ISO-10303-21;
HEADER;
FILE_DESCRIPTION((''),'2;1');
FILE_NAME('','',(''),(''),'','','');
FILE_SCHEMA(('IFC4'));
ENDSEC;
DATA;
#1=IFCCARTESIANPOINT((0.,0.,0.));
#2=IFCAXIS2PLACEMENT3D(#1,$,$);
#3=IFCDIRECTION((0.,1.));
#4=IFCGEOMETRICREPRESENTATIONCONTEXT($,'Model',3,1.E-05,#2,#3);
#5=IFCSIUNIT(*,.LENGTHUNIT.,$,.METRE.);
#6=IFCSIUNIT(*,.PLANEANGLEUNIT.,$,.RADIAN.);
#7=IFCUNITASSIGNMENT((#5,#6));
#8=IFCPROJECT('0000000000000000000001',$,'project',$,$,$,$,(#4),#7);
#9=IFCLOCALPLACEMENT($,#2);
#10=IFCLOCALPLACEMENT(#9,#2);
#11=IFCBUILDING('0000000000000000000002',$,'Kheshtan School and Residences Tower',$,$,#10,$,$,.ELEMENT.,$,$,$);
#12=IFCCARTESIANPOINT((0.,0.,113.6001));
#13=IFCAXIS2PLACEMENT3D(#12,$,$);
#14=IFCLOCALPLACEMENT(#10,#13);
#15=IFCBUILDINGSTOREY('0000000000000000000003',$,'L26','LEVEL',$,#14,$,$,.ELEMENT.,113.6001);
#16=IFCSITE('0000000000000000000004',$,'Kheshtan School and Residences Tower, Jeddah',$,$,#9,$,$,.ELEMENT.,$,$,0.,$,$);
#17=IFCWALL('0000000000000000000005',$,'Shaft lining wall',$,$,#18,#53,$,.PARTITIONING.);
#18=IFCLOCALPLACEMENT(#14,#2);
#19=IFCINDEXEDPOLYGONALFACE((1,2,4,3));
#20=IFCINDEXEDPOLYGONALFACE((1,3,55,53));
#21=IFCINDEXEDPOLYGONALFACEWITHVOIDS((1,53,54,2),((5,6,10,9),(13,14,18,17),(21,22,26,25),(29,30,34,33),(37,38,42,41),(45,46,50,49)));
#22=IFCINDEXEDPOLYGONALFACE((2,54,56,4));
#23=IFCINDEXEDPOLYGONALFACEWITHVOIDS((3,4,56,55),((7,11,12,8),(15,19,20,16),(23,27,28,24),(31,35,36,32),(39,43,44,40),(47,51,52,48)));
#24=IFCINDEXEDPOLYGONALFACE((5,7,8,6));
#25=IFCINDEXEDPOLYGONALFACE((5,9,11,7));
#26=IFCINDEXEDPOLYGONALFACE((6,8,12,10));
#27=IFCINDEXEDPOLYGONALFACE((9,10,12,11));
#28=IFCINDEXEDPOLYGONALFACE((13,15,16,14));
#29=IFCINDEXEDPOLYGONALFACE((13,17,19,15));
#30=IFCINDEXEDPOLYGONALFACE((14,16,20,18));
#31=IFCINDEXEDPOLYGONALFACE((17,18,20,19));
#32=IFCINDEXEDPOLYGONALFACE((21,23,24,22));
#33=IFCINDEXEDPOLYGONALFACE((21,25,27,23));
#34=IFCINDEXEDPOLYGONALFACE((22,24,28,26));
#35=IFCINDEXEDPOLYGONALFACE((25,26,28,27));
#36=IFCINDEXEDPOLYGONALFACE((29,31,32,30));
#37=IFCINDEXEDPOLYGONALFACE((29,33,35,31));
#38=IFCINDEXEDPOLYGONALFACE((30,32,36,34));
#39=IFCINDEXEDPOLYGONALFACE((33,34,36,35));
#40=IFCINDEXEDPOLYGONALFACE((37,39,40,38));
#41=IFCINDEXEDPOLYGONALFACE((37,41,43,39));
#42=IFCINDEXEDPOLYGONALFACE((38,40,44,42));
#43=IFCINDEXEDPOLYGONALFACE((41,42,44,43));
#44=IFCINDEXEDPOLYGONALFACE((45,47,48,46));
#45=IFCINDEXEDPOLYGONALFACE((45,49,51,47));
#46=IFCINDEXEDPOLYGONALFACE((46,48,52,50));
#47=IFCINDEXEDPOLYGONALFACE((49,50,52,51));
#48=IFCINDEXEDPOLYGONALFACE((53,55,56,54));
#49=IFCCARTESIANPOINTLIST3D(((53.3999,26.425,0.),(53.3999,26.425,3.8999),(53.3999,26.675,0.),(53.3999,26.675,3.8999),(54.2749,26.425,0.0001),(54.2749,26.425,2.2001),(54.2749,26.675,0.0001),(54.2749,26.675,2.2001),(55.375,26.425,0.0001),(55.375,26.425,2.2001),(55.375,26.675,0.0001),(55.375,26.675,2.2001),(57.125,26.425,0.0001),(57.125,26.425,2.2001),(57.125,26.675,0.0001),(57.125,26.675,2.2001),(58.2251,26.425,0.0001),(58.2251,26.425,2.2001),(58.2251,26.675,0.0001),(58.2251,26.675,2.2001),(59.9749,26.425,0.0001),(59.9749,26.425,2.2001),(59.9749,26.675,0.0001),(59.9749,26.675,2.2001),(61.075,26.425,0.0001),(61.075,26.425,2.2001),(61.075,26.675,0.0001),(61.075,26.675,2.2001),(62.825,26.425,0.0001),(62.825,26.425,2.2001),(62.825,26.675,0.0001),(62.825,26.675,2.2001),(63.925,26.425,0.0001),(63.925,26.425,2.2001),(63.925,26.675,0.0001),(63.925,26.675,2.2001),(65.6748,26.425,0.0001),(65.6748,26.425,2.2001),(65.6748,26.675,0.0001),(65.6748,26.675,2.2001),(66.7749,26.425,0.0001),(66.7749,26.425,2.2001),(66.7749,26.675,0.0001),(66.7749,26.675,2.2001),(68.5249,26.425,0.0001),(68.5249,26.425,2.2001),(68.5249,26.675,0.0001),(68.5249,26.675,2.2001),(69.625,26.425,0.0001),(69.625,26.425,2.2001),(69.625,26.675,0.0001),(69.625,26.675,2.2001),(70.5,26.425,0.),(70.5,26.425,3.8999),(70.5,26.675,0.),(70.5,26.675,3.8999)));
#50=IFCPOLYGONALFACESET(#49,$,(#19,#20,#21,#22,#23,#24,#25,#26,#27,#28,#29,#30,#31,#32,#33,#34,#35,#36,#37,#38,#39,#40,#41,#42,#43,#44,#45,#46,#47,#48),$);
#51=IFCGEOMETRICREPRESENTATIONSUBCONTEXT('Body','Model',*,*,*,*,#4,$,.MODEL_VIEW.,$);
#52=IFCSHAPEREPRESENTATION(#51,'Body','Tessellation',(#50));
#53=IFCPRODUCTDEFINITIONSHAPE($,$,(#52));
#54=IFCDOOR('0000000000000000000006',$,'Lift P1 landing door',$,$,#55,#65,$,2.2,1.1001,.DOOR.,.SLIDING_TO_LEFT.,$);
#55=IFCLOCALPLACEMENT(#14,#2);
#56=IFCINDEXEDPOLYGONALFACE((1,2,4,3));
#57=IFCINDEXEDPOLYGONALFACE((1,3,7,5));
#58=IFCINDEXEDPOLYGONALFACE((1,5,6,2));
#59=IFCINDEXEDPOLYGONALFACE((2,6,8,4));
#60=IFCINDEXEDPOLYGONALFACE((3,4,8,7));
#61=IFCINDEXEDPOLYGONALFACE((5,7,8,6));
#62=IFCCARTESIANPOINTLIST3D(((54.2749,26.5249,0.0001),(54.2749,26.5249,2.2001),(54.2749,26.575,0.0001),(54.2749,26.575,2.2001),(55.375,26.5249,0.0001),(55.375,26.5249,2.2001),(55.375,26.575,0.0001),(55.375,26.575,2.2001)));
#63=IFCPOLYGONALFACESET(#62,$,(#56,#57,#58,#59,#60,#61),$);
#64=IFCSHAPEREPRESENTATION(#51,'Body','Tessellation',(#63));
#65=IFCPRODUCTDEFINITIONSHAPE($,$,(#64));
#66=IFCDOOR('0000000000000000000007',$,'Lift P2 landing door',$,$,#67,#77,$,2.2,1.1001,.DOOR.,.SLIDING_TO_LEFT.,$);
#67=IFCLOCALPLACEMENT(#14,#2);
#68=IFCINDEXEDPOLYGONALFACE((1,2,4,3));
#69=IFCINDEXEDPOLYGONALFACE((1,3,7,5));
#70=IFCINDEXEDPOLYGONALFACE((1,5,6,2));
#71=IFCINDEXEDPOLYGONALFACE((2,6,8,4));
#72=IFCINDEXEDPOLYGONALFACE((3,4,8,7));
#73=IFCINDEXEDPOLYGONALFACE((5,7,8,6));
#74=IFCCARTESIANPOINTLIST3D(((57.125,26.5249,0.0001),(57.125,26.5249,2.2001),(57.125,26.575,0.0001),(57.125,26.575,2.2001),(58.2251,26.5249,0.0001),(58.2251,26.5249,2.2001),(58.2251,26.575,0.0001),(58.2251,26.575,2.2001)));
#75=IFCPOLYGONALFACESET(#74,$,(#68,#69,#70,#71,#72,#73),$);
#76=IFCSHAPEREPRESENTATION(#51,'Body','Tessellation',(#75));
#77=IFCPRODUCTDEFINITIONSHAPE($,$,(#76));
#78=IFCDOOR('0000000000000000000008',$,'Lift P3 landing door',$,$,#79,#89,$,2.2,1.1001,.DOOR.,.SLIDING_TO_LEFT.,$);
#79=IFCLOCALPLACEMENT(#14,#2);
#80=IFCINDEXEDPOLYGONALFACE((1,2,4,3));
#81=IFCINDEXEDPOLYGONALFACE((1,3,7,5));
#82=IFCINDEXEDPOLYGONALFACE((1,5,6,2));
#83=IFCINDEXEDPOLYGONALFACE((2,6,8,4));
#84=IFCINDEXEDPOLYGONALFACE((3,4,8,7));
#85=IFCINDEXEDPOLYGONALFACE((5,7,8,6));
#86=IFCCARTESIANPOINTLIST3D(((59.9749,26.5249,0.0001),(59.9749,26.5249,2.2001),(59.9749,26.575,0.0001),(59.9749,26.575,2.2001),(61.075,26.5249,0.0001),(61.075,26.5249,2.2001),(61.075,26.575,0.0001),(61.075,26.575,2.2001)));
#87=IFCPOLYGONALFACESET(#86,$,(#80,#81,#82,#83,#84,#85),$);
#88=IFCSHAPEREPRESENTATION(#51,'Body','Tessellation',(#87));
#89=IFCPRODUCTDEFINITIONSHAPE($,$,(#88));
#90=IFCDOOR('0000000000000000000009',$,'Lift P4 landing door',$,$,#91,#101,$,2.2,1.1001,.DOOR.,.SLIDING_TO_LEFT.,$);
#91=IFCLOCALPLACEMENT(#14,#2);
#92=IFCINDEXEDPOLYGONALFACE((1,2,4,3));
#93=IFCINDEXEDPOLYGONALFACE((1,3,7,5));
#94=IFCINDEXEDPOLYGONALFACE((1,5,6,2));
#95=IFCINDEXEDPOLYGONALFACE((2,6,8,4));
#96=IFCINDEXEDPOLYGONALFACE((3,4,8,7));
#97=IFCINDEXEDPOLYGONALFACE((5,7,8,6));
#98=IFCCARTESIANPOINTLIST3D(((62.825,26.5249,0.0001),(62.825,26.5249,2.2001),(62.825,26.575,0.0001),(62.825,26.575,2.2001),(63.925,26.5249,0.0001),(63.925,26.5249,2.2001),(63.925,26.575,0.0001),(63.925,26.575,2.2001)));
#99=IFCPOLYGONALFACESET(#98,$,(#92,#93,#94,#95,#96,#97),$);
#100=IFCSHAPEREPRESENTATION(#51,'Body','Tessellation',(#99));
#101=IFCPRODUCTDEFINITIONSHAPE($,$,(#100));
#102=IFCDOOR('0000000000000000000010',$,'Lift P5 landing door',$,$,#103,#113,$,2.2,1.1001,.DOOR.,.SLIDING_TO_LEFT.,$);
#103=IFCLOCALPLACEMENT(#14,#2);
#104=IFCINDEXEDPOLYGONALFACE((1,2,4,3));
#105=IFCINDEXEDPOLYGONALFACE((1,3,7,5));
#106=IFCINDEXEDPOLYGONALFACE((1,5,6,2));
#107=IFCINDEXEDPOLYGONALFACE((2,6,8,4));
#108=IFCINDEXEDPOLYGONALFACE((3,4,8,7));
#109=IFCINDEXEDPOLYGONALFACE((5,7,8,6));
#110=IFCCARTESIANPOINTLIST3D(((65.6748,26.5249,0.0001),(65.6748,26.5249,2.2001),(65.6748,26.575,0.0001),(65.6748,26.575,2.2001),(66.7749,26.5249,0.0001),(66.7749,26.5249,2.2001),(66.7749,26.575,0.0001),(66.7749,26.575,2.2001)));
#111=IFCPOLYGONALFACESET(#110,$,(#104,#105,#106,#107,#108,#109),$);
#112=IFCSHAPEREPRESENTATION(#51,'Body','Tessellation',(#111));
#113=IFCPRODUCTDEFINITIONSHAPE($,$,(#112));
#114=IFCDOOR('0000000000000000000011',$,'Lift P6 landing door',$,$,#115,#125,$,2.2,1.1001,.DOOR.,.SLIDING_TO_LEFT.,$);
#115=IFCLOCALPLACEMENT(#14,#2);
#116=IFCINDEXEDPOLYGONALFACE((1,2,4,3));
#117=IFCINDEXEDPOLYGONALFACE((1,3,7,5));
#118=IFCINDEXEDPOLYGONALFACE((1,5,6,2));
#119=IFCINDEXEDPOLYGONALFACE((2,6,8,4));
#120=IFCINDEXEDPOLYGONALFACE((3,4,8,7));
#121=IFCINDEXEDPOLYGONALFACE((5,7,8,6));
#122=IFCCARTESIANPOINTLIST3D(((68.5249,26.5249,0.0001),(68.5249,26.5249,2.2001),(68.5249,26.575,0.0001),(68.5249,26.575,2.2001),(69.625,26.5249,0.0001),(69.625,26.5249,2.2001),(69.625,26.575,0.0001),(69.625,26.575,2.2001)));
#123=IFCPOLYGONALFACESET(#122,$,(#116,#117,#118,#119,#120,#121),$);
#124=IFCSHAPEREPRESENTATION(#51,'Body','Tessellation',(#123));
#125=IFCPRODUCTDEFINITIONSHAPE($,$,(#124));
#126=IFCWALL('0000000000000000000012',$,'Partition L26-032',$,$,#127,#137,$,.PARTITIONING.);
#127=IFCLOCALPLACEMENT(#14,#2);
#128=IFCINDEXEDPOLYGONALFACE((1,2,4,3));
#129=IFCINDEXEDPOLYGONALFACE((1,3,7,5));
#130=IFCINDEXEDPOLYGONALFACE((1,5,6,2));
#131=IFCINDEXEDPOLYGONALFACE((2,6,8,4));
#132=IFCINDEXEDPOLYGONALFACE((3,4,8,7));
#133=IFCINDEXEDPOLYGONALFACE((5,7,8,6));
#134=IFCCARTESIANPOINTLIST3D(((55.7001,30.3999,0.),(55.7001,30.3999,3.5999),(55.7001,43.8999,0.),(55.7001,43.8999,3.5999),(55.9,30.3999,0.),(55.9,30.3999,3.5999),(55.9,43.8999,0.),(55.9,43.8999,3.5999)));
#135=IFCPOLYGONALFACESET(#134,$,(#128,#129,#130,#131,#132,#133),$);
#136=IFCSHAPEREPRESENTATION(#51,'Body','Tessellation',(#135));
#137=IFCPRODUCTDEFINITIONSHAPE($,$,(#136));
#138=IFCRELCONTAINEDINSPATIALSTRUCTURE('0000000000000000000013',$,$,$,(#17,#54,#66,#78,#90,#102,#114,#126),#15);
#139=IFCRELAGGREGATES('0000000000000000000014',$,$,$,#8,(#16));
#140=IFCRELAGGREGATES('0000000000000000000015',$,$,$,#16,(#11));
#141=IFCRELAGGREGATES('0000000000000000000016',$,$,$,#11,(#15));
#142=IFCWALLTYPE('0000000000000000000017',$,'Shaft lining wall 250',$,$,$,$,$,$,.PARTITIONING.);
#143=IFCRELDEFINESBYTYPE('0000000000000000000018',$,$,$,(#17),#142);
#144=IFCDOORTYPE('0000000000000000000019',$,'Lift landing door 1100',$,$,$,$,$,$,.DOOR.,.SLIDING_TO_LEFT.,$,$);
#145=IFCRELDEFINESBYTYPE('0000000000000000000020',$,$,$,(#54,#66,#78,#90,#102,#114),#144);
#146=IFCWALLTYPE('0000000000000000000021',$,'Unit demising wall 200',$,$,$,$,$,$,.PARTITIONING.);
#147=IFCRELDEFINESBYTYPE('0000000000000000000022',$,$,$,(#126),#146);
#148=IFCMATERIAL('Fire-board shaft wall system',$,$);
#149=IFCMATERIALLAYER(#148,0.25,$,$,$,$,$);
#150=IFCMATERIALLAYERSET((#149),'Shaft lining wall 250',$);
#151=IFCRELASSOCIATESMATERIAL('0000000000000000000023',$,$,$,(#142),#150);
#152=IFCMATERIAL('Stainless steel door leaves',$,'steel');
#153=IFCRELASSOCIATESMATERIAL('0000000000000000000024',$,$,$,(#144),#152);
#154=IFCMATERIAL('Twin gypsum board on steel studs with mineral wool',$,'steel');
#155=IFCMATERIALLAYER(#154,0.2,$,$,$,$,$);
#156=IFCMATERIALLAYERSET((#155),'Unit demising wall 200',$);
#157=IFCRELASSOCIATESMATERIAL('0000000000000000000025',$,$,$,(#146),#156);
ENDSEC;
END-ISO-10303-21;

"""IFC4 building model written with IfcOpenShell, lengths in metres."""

from ifc_helpers import new_model, si_unit, direction, frame, frame_2d, origin, place, context, subcontext, project, spatial, rectangle, extrude, source, transform, mapped, material, layer, layer_set, type_object, element, fill, save


model = new_model("IFC4")

# Units and contexts
model_context = context("Model", 3, precision=1e-05, world=origin(), true_north=direction((0.0, 1.0)))
body_context = subcontext(model_context, "Body", "Model", "MODEL_VIEW")
ifc_project = project(units=[si_unit("LENGTHUNIT", "METRE"), si_unit("PLANEANGLEUNIT", "RADIAN")], contexts=[model_context])

# Site, building, storey
site_placement = place(None, origin())
site = spatial("IfcSite", under=ifc_project, at=site_placement, Name="Kheshtan School and Residences Tower, Jeddah", CompositionType="ELEMENT", RefElevation=0.0)
building_placement = place(site_placement, origin())
building = spatial("IfcBuilding", under=site, at=building_placement, Name="Kheshtan School and Residences Tower", CompositionType="ELEMENT")
storey_placement = place(building_placement, frame((0.0, 0.0, 113.6001)))
storey = spatial("IfcBuildingStorey", under=building, at=storey_placement, Name="L26", Description="LEVEL", CompositionType="ELEMENT", Elevation=113.6001)

# Shared definitions
ifc_material_1 = material(Name="Fire-board shaft wall system")
ifc_layer_1 = layer(ifc_material_1, 0.25)
ifc_layer_set_1 = layer_set([ifc_layer_1], Name="Shaft lining wall 250")
wall_type_1 = type_object("IfcWallType", Name="Shaft lining wall 250", PredefinedType="PARTITIONING", material=ifc_layer_set_1)

# Wall, openings, doors
wall_1_placement = place(storey_placement, frame((53.3999, 26.55, 0.0), z_axis=(0.0, 0.0, 1.0), x_axis=(1.0, 0.0, 0.0)))
wall_1 = element("IfcWall", 1, at=wall_1_placement, inside=storey, type_object=wall_type_1, Name="Shaft lining wall", PredefinedType="PARTITIONING", context=body_context, shape_type="SweptSolid", body=[
    extrude(rectangle(XDim=17.1001, YDim=0.25, at=frame_2d((8.55, 0.0))), origin(), (0.0, 0.0, 1.0), 3.8999),
])
opening_1_placement = place(wall_1_placement, frame((0.875, 0.0, 0.0)))
opening_1 = element("IfcOpeningElement", 2, at=opening_1_placement, cuts=wall_1, PredefinedType="OPENING", context=body_context, shape_type="SweptSolid", body=[
    extrude(rectangle(XDim=1.1001, YDim=2.2, at=frame_2d((0.55, 1.1001))), frame((0.0, 0.135, 0.0), z_axis=(0.0, -1.0, 0.0), x_axis=(1.0, 0.0, 0.0)), (0.0, 0.0, 1.0), 0.27),
])
opening_2_placement = place(wall_1_placement, frame((3.7251, 0.0, 0.0)))
opening_2 = element("IfcOpeningElement", 3, at=opening_2_placement, cuts=wall_1, PredefinedType="OPENING", context=body_context, shape_type="SweptSolid", body=[
    extrude(rectangle(XDim=1.1001, YDim=2.2, at=frame_2d((0.55, 1.1001))), frame((0.0, 0.135, 0.0), z_axis=(0.0, -1.0, 0.0), x_axis=(1.0, 0.0, 0.0)), (0.0, 0.0, 1.0), 0.27),
])
opening_3_placement = place(wall_1_placement, frame((6.575, 0.0, 0.0)))
opening_3 = element("IfcOpeningElement", 4, at=opening_3_placement, cuts=wall_1, PredefinedType="OPENING", context=body_context, shape_type="SweptSolid", body=[
    extrude(rectangle(XDim=1.1001, YDim=2.2, at=frame_2d((0.55, 1.1001))), frame((0.0, 0.135, 0.0), z_axis=(0.0, -1.0, 0.0), x_axis=(1.0, 0.0, 0.0)), (0.0, 0.0, 1.0), 0.27),
])
opening_4_placement = place(wall_1_placement, frame((9.425, 0.0, 0.0)))
opening_4 = element("IfcOpeningElement", 5, at=opening_4_placement, cuts=wall_1, PredefinedType="OPENING", context=body_context, shape_type="SweptSolid", body=[
    extrude(rectangle(XDim=1.1001, YDim=2.2, at=frame_2d((0.55, 1.1001))), frame((0.0, 0.135, 0.0), z_axis=(0.0, -1.0, 0.0), x_axis=(1.0, 0.0, 0.0)), (0.0, 0.0, 1.0), 0.27),
])
opening_5_placement = place(wall_1_placement, frame((12.2749, 0.0, 0.0)))
opening_5 = element("IfcOpeningElement", 6, at=opening_5_placement, cuts=wall_1, PredefinedType="OPENING", context=body_context, shape_type="SweptSolid", body=[
    extrude(rectangle(XDim=1.1001, YDim=2.2, at=frame_2d((0.55, 1.1001))), frame((0.0, 0.135, 0.0), z_axis=(0.0, -1.0, 0.0), x_axis=(1.0, 0.0, 0.0)), (0.0, 0.0, 1.0), 0.27),
])
opening_6_placement = place(wall_1_placement, frame((15.125, 0.0, 0.0)))
opening_6 = element("IfcOpeningElement", 7, at=opening_6_placement, cuts=wall_1, PredefinedType="OPENING", context=body_context, shape_type="SweptSolid", body=[
    extrude(rectangle(XDim=1.1001, YDim=2.2, at=frame_2d((0.55, 1.1001))), frame((0.0, 0.135, 0.0), z_axis=(0.0, -1.0, 0.0), x_axis=(1.0, 0.0, 0.0)), (0.0, 0.0, 1.0), 0.27),
])
ifc_material_2 = material(Name="Stainless steel door leaves", Category="steel")
door_type_1 = type_object("IfcDoorType", Name="Lift landing door 1100", OperationType="SLIDING_TO_LEFT", PredefinedType="DOOR", material=ifc_material_2)
shared_shape_1 = source(origin(), body_context, "Body", "SweptSolid", [
    extrude(rectangle(XDim=1.1001, YDim=2.2, at=frame_2d((0.55, 1.1001))), frame((0.0, 0.0249, 0.0), z_axis=(0.0, -1.0, 0.0), x_axis=(1.0, 0.0, 0.0)), (0.0, 0.0, 1.0), 0.05),
])
door_1_placement = place(opening_1_placement, origin())
door_1 = element("IfcDoor", 8, at=door_1_placement, inside=storey, type_object=door_type_1, Name="Lift P1 landing door", OperationType="SLIDING_TO_LEFT", OverallHeight=2.2, OverallWidth=1.1001, PredefinedType="DOOR", context=body_context, shape_type="MappedRepresentation", body=[
    mapped(shared_shape_1, transform((0.0, 0.0, 0.0), x_axis=(1.0, 0.0, 0.0), y_axis=(0.0, 1.0, 0.0), z_axis=(0.0, 0.0, 1.0), scale=1.0)),
])
fill(opening_1, door_1)
door_2_placement = place(opening_2_placement, origin())
door_2 = element("IfcDoor", 9, at=door_2_placement, inside=storey, type_object=door_type_1, Name="Lift P2 landing door", OperationType="SLIDING_TO_LEFT", OverallHeight=2.2, OverallWidth=1.1001, PredefinedType="DOOR", context=body_context, shape_type="MappedRepresentation", body=[
    mapped(shared_shape_1, transform((0.0, 0.0, 0.0), x_axis=(1.0, 0.0, 0.0), y_axis=(0.0, 1.0, 0.0), z_axis=(0.0, 0.0, 1.0), scale=1.0)),
])
fill(opening_2, door_2)
door_3_placement = place(opening_3_placement, origin())
door_3 = element("IfcDoor", 10, at=door_3_placement, inside=storey, type_object=door_type_1, Name="Lift P3 landing door", OperationType="SLIDING_TO_LEFT", OverallHeight=2.2, OverallWidth=1.1001, PredefinedType="DOOR", context=body_context, shape_type="MappedRepresentation", body=[
    mapped(shared_shape_1, transform((0.0, 0.0, 0.0), x_axis=(1.0, 0.0, 0.0), y_axis=(0.0, 1.0, 0.0), z_axis=(0.0, 0.0, 1.0), scale=1.0)),
])
fill(opening_3, door_3)
door_4_placement = place(opening_4_placement, origin())
door_4 = element("IfcDoor", 11, at=door_4_placement, inside=storey, type_object=door_type_1, Name="Lift P4 landing door", OperationType="SLIDING_TO_LEFT", OverallHeight=2.2, OverallWidth=1.1001, PredefinedType="DOOR", context=body_context, shape_type="MappedRepresentation", body=[
    mapped(shared_shape_1, transform((0.0, 0.0, 0.0), x_axis=(1.0, 0.0, 0.0), y_axis=(0.0, 1.0, 0.0), z_axis=(0.0, 0.0, 1.0), scale=1.0)),
])
fill(opening_4, door_4)
door_5_placement = place(opening_5_placement, origin())
door_5 = element("IfcDoor", 12, at=door_5_placement, inside=storey, type_object=door_type_1, Name="Lift P5 landing door", OperationType="SLIDING_TO_LEFT", OverallHeight=2.2, OverallWidth=1.1001, PredefinedType="DOOR", context=body_context, shape_type="MappedRepresentation", body=[
    mapped(shared_shape_1, transform((0.0, 0.0, 0.0), x_axis=(1.0, 0.0, 0.0), y_axis=(0.0, 1.0, 0.0), z_axis=(0.0, 0.0, 1.0), scale=1.0)),
])
fill(opening_5, door_5)
door_6_placement = place(opening_6_placement, origin())
door_6 = element("IfcDoor", 13, at=door_6_placement, inside=storey, type_object=door_type_1, Name="Lift P6 landing door", OperationType="SLIDING_TO_LEFT", OverallHeight=2.2, OverallWidth=1.1001, PredefinedType="DOOR", context=body_context, shape_type="MappedRepresentation", body=[
    mapped(shared_shape_1, transform((0.0, 0.0, 0.0), x_axis=(1.0, 0.0, 0.0), y_axis=(0.0, 1.0, 0.0), z_axis=(0.0, 0.0, 1.0), scale=1.0)),
])
fill(opening_6, door_6)

# Wall
ifc_material_3 = material(Name="Twin gypsum board on steel studs with mineral wool", Category="steel")
ifc_layer_2 = layer(ifc_material_3, 0.2)
ifc_layer_set_2 = layer_set([ifc_layer_2], Name="Unit demising wall 200")
wall_type_2 = type_object("IfcWallType", Name="Unit demising wall 200", PredefinedType="PARTITIONING", material=ifc_layer_set_2)
wall_2_placement = place(storey_placement, frame((55.8, 30.3999, 0.0), z_axis=(0.0, 0.0, 1.0), x_axis=(0.0, 1.0, 0.0)))
element("IfcWall", 14, at=wall_2_placement, inside=storey, type_object=wall_type_2, Name="Partition L26-032", PredefinedType="PARTITIONING", context=body_context, shape_type="SweptSolid", body=[
    extrude(rectangle(XDim=13.5, YDim=0.2, at=frame_2d((6.75, 0.0))), origin(), (0.0, 0.0, 1.0), 3.5999),
])

save(model, "model.ifc")
